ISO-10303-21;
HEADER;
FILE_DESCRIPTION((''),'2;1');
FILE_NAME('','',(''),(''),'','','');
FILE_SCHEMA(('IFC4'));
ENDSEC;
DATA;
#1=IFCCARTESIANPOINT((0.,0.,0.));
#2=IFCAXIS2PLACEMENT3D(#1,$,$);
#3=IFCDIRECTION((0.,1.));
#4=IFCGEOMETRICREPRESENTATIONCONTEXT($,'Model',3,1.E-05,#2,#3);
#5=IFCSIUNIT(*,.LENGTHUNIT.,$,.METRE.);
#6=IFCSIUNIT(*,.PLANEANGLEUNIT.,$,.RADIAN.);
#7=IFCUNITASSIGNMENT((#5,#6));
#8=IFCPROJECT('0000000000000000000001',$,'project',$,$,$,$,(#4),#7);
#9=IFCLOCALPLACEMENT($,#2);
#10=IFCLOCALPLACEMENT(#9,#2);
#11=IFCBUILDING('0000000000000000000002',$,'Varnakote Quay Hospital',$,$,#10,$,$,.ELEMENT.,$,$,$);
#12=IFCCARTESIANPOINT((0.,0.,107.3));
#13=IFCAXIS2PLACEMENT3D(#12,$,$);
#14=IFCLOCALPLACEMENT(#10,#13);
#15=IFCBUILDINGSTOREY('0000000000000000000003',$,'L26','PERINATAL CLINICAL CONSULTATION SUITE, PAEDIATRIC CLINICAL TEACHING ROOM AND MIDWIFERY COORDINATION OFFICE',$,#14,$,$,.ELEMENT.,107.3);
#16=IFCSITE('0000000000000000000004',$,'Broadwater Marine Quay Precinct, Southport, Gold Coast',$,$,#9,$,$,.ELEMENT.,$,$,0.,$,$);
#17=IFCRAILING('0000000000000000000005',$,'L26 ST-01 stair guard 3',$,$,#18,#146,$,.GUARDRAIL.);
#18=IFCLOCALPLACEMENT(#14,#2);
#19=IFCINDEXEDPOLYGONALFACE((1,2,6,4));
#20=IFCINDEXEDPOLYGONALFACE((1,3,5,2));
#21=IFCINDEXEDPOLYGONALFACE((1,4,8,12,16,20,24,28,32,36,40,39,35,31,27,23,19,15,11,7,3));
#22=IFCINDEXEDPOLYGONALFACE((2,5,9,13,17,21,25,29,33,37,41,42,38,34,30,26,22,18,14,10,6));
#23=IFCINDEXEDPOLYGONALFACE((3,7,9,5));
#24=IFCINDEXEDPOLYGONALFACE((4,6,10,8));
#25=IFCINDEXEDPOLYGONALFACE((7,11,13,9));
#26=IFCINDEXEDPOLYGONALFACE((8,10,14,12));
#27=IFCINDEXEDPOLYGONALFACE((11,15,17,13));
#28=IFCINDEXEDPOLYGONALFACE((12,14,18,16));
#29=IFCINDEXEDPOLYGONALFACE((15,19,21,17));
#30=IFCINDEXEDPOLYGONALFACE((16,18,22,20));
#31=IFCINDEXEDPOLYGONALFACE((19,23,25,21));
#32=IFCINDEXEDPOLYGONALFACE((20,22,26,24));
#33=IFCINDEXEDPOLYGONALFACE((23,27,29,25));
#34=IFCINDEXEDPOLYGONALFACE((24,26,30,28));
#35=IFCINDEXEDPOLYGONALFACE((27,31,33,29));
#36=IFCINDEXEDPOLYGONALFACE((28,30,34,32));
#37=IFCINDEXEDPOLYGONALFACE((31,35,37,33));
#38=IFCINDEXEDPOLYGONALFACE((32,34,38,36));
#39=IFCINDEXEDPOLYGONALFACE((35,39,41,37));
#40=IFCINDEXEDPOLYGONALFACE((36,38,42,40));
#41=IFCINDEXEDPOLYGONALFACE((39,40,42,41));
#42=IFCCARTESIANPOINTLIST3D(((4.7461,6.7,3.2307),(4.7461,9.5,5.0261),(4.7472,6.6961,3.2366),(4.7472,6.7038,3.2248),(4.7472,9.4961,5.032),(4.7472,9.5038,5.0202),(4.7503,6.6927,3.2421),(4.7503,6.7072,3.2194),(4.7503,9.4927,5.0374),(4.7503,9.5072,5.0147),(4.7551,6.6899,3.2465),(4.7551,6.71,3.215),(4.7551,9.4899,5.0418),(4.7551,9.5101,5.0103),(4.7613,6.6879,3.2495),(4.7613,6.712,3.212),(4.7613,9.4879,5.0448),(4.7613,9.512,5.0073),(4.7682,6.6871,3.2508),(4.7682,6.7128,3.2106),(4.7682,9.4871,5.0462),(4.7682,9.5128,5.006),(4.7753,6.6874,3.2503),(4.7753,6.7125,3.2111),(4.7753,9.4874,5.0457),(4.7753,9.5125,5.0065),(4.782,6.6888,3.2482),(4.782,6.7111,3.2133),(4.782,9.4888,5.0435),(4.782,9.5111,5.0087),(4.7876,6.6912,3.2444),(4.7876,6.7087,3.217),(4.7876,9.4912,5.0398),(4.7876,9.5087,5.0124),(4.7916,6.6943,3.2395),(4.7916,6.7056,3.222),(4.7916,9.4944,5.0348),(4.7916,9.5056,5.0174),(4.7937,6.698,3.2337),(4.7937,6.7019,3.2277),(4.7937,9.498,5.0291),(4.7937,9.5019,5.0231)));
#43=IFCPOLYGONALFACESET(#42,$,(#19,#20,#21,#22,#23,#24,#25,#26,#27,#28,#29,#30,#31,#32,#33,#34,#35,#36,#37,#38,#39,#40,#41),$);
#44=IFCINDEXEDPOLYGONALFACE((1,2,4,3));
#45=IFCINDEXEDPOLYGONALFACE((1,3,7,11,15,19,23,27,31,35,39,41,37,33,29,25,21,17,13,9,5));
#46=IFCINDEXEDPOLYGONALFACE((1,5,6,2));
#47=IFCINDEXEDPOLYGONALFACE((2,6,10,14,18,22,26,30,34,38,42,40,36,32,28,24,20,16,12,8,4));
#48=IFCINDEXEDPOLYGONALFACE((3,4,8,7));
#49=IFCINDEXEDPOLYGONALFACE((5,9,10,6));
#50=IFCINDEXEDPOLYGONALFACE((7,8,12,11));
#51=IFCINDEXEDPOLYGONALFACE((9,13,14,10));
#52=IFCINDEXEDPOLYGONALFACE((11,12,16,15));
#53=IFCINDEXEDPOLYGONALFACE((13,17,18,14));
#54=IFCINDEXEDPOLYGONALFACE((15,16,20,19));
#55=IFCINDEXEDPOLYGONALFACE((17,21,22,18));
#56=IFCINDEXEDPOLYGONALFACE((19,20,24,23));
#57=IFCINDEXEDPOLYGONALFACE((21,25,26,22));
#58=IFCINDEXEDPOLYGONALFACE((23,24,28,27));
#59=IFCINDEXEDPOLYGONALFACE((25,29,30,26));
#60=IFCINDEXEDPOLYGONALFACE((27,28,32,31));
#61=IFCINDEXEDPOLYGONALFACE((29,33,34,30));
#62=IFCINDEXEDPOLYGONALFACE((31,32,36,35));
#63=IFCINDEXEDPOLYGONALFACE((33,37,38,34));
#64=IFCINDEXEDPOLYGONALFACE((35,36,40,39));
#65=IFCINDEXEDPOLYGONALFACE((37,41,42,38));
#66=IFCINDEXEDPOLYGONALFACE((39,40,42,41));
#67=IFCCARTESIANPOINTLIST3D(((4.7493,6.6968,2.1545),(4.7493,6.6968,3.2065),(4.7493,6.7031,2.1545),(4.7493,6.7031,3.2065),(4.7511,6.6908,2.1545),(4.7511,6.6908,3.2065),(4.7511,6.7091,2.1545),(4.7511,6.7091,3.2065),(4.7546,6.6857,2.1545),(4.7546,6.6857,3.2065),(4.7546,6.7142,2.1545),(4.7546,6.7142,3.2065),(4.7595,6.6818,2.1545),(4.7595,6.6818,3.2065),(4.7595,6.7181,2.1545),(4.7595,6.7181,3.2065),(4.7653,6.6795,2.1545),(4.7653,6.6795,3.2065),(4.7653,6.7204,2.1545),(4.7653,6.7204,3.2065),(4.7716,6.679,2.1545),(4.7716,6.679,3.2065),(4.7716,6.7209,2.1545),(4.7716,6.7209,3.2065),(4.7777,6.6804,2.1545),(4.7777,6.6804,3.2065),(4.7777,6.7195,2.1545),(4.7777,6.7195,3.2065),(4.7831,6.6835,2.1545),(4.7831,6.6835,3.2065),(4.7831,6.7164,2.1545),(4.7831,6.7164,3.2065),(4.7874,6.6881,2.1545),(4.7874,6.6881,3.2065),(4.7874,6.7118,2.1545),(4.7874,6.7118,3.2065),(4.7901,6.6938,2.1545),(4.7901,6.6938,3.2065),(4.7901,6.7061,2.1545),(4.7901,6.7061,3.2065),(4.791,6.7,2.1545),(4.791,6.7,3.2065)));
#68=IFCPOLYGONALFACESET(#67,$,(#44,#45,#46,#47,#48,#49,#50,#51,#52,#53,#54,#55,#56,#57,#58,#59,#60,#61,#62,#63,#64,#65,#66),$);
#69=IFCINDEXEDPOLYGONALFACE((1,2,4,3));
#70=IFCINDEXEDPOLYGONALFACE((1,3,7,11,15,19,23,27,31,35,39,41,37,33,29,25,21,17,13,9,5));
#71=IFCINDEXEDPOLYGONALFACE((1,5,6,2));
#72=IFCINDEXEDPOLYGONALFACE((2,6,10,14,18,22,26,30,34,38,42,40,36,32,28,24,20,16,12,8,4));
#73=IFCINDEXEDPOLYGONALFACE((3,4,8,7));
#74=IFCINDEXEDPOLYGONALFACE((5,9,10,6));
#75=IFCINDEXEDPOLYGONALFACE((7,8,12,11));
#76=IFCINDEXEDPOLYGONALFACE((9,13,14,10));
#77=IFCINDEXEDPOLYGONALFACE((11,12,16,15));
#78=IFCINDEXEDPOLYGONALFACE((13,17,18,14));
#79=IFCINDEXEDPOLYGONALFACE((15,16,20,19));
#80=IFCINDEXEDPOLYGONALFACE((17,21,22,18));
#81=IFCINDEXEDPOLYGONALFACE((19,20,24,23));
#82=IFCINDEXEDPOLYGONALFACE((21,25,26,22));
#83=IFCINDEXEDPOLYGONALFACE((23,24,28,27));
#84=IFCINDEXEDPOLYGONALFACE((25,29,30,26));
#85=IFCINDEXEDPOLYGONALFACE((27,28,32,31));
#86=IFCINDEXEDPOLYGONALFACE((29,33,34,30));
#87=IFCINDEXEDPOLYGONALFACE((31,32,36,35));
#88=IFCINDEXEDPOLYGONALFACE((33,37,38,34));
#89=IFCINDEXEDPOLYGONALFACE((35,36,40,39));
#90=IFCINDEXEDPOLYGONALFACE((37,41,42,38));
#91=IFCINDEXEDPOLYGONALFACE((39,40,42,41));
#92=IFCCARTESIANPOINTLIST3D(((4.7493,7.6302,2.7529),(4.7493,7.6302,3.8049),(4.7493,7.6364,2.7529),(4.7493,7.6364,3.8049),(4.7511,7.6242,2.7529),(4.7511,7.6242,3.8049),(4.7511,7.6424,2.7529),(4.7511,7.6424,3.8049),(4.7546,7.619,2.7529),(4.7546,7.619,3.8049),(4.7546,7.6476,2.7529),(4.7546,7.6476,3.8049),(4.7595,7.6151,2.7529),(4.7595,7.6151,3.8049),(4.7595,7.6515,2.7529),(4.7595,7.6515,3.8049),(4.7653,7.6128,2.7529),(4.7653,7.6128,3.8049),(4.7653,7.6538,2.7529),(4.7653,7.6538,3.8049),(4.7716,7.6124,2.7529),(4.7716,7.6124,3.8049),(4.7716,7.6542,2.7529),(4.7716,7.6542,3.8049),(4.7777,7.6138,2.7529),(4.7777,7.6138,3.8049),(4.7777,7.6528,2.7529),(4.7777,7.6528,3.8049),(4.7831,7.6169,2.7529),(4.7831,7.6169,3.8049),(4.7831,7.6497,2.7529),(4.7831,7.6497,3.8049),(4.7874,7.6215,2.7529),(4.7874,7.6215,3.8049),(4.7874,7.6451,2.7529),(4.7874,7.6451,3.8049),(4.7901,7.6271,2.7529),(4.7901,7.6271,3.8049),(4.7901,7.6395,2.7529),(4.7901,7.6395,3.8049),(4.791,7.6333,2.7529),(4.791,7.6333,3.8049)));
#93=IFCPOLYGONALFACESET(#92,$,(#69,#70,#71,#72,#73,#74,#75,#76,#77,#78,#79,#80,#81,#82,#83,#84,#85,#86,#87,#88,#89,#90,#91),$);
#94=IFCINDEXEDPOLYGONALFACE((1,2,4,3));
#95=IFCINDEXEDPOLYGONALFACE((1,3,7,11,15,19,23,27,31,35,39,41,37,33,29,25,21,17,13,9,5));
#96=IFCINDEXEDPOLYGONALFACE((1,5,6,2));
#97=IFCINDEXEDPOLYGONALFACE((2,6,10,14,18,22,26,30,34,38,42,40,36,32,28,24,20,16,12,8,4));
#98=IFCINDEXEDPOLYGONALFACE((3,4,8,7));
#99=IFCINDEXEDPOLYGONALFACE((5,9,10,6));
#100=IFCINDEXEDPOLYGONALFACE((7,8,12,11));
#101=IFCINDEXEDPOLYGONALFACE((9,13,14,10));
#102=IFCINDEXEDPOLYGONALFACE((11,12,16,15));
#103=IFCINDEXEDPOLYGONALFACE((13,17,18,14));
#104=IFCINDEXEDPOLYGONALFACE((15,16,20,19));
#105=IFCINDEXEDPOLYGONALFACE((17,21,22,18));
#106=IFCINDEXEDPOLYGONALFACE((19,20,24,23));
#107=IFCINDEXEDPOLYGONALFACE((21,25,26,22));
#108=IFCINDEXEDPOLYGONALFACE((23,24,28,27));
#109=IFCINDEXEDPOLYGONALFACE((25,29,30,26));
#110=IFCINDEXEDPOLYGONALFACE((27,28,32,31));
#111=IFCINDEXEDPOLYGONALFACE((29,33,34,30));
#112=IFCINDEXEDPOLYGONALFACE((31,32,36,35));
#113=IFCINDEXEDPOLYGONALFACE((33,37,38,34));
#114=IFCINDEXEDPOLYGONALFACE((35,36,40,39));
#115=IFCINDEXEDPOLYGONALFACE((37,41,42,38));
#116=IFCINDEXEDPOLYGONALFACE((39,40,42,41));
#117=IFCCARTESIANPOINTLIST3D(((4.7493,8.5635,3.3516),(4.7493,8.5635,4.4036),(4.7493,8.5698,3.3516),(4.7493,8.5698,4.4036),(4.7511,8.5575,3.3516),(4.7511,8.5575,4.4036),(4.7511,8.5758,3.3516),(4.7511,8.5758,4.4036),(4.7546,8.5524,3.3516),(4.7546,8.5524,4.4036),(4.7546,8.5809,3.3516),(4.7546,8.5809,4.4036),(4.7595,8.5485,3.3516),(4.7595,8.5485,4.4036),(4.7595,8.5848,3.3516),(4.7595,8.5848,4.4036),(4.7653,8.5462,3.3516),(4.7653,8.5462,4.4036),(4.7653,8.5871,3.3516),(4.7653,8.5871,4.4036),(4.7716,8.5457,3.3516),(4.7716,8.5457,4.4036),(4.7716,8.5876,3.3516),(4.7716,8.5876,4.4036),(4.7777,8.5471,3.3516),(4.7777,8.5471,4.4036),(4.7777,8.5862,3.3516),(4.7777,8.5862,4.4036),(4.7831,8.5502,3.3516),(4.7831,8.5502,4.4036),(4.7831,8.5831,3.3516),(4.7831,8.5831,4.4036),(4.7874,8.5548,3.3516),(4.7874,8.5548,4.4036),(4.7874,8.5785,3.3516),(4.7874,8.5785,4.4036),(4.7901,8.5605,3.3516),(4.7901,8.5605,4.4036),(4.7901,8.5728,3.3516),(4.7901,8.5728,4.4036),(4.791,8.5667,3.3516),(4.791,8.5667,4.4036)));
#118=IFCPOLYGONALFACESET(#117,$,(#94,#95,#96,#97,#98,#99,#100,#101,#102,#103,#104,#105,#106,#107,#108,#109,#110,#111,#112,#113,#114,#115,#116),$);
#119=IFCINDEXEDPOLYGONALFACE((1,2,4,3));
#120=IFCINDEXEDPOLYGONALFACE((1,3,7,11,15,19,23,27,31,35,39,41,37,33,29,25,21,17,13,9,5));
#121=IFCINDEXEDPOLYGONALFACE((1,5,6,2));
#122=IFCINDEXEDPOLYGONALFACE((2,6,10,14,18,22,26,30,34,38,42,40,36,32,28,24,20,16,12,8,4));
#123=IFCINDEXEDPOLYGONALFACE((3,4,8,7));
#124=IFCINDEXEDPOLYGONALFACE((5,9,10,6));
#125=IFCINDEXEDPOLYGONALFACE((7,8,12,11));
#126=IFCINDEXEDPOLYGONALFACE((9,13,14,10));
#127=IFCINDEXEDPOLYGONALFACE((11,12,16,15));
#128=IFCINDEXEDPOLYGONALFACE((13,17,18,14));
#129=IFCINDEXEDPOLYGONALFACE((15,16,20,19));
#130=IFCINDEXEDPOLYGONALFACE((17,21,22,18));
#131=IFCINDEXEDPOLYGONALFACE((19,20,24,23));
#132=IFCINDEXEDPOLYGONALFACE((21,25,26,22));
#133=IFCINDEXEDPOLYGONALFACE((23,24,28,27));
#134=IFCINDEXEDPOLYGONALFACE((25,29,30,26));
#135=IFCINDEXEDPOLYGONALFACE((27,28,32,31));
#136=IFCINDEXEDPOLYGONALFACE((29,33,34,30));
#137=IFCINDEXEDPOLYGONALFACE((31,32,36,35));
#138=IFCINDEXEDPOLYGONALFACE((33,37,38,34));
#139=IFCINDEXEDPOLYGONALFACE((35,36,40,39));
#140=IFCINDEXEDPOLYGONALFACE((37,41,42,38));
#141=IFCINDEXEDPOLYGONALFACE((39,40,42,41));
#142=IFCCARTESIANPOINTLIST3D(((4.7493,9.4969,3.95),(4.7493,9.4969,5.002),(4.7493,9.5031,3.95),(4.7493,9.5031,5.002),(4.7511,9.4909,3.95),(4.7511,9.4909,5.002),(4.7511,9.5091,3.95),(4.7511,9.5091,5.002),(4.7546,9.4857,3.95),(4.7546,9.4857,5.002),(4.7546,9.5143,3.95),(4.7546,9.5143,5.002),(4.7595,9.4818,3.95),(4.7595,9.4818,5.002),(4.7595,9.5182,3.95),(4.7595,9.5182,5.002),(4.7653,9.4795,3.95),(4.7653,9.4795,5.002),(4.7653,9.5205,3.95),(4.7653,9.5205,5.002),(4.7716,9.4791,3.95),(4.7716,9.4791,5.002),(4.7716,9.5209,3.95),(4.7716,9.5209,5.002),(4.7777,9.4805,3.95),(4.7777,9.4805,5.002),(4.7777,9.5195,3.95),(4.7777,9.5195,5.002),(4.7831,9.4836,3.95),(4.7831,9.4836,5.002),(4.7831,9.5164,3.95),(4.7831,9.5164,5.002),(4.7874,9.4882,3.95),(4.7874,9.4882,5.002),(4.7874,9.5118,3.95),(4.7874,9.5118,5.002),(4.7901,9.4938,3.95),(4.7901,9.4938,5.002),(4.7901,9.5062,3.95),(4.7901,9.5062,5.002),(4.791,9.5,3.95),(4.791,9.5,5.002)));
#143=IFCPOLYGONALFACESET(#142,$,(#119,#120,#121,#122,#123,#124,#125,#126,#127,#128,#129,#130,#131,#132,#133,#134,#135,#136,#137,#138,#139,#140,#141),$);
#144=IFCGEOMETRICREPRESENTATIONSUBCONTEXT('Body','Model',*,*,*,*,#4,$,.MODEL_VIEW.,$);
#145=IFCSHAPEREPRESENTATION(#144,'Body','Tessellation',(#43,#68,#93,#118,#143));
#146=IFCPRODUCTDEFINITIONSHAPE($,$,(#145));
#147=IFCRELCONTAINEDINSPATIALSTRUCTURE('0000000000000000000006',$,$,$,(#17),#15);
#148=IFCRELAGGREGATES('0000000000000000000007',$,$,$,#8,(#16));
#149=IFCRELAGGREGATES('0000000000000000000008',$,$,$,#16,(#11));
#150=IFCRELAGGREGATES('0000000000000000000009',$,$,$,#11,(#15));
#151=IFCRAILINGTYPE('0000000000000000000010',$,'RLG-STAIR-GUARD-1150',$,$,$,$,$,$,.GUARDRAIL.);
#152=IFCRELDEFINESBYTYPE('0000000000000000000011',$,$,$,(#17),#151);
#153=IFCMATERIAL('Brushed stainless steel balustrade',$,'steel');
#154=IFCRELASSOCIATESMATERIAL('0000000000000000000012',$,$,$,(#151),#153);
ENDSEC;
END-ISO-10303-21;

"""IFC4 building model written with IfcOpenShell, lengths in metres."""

from ifc_helpers import new_model, si_unit, direction, frame, origin, origin_2d, place, context, subcontext, project, spatial, circle, extrude, material, type_object, element, save


model = new_model("IFC4")

# Units and contexts
model_context = context("Model", 3, precision=1e-05, world=origin(), true_north=direction((0.0, 1.0)))
body_context = subcontext(model_context, "Body", "Model", "MODEL_VIEW")
ifc_project = project(units=[si_unit("LENGTHUNIT", "METRE"), si_unit("PLANEANGLEUNIT", "RADIAN")], contexts=[model_context])

# Site, building, storey
site_placement = place(None, origin())
site = spatial("IfcSite", under=ifc_project, at=site_placement, Name="Broadwater Marine Quay Precinct, Southport, Gold Coast", CompositionType="ELEMENT", RefElevation=0.0)
building_placement = place(site_placement, origin())
building = spatial("IfcBuilding", under=site, at=building_placement, Name="Varnakote Quay Hospital", CompositionType="ELEMENT")
storey_placement = place(building_placement, frame((0.0, 0.0, 107.3)))
storey = spatial("IfcBuildingStorey", under=building, at=storey_placement, Name="L26", Description="PERINATAL CLINICAL CONSULTATION SUITE, PAEDIATRIC CLINICAL TEACHING ROOM AND MIDWIFERY COORDINATION OFFICE", CompositionType="ELEMENT", Elevation=107.3)

# Railing
ifc_material_1 = material(Name="Brushed stainless steel balustrade", Category="steel")
railing_type_1 = type_object("IfcRailingType", Name="RLG-STAIR-GUARD-1150", PredefinedType="GUARDRAIL", material=ifc_material_1)
railing_1_placement = place(storey_placement, frame((4.77, 6.7, 2.1545)))
element("IfcRailing", 1, at=railing_1_placement, inside=storey, type_object=railing_type_1, Name="L26 ST-01 stair guard 3", PredefinedType="GUARDRAIL", context=body_context, shape_type="SweptSolid", body=[
    extrude(circle(Radius=0.0239, at=origin_2d()), frame((0.0, 0.0, 1.0762), z_axis=(0.0, 0.84181, 0.539774), x_axis=(-1.0, 0.0, 0.0)), (0.0, 0.0, 1.0), 3.3262),
    extrude(circle(Radius=0.021, at=origin_2d()), origin(), (0.0, 0.0, 1.0), 1.052),
    extrude(circle(Radius=0.021, at=origin_2d()), frame((0.0, 0.9333, 0.5984)), (0.0, 0.0, 1.0), 1.052),
    extrude(circle(Radius=0.021, at=origin_2d()), frame((0.0, 1.8667, 1.197)), (0.0, 0.0, 1.0), 1.052),
    extrude(circle(Radius=0.021, at=origin_2d()), frame((0.0, 2.8, 1.7954)), (0.0, 0.0, 1.0), 1.052),
])

save(model, "model.ifc")
